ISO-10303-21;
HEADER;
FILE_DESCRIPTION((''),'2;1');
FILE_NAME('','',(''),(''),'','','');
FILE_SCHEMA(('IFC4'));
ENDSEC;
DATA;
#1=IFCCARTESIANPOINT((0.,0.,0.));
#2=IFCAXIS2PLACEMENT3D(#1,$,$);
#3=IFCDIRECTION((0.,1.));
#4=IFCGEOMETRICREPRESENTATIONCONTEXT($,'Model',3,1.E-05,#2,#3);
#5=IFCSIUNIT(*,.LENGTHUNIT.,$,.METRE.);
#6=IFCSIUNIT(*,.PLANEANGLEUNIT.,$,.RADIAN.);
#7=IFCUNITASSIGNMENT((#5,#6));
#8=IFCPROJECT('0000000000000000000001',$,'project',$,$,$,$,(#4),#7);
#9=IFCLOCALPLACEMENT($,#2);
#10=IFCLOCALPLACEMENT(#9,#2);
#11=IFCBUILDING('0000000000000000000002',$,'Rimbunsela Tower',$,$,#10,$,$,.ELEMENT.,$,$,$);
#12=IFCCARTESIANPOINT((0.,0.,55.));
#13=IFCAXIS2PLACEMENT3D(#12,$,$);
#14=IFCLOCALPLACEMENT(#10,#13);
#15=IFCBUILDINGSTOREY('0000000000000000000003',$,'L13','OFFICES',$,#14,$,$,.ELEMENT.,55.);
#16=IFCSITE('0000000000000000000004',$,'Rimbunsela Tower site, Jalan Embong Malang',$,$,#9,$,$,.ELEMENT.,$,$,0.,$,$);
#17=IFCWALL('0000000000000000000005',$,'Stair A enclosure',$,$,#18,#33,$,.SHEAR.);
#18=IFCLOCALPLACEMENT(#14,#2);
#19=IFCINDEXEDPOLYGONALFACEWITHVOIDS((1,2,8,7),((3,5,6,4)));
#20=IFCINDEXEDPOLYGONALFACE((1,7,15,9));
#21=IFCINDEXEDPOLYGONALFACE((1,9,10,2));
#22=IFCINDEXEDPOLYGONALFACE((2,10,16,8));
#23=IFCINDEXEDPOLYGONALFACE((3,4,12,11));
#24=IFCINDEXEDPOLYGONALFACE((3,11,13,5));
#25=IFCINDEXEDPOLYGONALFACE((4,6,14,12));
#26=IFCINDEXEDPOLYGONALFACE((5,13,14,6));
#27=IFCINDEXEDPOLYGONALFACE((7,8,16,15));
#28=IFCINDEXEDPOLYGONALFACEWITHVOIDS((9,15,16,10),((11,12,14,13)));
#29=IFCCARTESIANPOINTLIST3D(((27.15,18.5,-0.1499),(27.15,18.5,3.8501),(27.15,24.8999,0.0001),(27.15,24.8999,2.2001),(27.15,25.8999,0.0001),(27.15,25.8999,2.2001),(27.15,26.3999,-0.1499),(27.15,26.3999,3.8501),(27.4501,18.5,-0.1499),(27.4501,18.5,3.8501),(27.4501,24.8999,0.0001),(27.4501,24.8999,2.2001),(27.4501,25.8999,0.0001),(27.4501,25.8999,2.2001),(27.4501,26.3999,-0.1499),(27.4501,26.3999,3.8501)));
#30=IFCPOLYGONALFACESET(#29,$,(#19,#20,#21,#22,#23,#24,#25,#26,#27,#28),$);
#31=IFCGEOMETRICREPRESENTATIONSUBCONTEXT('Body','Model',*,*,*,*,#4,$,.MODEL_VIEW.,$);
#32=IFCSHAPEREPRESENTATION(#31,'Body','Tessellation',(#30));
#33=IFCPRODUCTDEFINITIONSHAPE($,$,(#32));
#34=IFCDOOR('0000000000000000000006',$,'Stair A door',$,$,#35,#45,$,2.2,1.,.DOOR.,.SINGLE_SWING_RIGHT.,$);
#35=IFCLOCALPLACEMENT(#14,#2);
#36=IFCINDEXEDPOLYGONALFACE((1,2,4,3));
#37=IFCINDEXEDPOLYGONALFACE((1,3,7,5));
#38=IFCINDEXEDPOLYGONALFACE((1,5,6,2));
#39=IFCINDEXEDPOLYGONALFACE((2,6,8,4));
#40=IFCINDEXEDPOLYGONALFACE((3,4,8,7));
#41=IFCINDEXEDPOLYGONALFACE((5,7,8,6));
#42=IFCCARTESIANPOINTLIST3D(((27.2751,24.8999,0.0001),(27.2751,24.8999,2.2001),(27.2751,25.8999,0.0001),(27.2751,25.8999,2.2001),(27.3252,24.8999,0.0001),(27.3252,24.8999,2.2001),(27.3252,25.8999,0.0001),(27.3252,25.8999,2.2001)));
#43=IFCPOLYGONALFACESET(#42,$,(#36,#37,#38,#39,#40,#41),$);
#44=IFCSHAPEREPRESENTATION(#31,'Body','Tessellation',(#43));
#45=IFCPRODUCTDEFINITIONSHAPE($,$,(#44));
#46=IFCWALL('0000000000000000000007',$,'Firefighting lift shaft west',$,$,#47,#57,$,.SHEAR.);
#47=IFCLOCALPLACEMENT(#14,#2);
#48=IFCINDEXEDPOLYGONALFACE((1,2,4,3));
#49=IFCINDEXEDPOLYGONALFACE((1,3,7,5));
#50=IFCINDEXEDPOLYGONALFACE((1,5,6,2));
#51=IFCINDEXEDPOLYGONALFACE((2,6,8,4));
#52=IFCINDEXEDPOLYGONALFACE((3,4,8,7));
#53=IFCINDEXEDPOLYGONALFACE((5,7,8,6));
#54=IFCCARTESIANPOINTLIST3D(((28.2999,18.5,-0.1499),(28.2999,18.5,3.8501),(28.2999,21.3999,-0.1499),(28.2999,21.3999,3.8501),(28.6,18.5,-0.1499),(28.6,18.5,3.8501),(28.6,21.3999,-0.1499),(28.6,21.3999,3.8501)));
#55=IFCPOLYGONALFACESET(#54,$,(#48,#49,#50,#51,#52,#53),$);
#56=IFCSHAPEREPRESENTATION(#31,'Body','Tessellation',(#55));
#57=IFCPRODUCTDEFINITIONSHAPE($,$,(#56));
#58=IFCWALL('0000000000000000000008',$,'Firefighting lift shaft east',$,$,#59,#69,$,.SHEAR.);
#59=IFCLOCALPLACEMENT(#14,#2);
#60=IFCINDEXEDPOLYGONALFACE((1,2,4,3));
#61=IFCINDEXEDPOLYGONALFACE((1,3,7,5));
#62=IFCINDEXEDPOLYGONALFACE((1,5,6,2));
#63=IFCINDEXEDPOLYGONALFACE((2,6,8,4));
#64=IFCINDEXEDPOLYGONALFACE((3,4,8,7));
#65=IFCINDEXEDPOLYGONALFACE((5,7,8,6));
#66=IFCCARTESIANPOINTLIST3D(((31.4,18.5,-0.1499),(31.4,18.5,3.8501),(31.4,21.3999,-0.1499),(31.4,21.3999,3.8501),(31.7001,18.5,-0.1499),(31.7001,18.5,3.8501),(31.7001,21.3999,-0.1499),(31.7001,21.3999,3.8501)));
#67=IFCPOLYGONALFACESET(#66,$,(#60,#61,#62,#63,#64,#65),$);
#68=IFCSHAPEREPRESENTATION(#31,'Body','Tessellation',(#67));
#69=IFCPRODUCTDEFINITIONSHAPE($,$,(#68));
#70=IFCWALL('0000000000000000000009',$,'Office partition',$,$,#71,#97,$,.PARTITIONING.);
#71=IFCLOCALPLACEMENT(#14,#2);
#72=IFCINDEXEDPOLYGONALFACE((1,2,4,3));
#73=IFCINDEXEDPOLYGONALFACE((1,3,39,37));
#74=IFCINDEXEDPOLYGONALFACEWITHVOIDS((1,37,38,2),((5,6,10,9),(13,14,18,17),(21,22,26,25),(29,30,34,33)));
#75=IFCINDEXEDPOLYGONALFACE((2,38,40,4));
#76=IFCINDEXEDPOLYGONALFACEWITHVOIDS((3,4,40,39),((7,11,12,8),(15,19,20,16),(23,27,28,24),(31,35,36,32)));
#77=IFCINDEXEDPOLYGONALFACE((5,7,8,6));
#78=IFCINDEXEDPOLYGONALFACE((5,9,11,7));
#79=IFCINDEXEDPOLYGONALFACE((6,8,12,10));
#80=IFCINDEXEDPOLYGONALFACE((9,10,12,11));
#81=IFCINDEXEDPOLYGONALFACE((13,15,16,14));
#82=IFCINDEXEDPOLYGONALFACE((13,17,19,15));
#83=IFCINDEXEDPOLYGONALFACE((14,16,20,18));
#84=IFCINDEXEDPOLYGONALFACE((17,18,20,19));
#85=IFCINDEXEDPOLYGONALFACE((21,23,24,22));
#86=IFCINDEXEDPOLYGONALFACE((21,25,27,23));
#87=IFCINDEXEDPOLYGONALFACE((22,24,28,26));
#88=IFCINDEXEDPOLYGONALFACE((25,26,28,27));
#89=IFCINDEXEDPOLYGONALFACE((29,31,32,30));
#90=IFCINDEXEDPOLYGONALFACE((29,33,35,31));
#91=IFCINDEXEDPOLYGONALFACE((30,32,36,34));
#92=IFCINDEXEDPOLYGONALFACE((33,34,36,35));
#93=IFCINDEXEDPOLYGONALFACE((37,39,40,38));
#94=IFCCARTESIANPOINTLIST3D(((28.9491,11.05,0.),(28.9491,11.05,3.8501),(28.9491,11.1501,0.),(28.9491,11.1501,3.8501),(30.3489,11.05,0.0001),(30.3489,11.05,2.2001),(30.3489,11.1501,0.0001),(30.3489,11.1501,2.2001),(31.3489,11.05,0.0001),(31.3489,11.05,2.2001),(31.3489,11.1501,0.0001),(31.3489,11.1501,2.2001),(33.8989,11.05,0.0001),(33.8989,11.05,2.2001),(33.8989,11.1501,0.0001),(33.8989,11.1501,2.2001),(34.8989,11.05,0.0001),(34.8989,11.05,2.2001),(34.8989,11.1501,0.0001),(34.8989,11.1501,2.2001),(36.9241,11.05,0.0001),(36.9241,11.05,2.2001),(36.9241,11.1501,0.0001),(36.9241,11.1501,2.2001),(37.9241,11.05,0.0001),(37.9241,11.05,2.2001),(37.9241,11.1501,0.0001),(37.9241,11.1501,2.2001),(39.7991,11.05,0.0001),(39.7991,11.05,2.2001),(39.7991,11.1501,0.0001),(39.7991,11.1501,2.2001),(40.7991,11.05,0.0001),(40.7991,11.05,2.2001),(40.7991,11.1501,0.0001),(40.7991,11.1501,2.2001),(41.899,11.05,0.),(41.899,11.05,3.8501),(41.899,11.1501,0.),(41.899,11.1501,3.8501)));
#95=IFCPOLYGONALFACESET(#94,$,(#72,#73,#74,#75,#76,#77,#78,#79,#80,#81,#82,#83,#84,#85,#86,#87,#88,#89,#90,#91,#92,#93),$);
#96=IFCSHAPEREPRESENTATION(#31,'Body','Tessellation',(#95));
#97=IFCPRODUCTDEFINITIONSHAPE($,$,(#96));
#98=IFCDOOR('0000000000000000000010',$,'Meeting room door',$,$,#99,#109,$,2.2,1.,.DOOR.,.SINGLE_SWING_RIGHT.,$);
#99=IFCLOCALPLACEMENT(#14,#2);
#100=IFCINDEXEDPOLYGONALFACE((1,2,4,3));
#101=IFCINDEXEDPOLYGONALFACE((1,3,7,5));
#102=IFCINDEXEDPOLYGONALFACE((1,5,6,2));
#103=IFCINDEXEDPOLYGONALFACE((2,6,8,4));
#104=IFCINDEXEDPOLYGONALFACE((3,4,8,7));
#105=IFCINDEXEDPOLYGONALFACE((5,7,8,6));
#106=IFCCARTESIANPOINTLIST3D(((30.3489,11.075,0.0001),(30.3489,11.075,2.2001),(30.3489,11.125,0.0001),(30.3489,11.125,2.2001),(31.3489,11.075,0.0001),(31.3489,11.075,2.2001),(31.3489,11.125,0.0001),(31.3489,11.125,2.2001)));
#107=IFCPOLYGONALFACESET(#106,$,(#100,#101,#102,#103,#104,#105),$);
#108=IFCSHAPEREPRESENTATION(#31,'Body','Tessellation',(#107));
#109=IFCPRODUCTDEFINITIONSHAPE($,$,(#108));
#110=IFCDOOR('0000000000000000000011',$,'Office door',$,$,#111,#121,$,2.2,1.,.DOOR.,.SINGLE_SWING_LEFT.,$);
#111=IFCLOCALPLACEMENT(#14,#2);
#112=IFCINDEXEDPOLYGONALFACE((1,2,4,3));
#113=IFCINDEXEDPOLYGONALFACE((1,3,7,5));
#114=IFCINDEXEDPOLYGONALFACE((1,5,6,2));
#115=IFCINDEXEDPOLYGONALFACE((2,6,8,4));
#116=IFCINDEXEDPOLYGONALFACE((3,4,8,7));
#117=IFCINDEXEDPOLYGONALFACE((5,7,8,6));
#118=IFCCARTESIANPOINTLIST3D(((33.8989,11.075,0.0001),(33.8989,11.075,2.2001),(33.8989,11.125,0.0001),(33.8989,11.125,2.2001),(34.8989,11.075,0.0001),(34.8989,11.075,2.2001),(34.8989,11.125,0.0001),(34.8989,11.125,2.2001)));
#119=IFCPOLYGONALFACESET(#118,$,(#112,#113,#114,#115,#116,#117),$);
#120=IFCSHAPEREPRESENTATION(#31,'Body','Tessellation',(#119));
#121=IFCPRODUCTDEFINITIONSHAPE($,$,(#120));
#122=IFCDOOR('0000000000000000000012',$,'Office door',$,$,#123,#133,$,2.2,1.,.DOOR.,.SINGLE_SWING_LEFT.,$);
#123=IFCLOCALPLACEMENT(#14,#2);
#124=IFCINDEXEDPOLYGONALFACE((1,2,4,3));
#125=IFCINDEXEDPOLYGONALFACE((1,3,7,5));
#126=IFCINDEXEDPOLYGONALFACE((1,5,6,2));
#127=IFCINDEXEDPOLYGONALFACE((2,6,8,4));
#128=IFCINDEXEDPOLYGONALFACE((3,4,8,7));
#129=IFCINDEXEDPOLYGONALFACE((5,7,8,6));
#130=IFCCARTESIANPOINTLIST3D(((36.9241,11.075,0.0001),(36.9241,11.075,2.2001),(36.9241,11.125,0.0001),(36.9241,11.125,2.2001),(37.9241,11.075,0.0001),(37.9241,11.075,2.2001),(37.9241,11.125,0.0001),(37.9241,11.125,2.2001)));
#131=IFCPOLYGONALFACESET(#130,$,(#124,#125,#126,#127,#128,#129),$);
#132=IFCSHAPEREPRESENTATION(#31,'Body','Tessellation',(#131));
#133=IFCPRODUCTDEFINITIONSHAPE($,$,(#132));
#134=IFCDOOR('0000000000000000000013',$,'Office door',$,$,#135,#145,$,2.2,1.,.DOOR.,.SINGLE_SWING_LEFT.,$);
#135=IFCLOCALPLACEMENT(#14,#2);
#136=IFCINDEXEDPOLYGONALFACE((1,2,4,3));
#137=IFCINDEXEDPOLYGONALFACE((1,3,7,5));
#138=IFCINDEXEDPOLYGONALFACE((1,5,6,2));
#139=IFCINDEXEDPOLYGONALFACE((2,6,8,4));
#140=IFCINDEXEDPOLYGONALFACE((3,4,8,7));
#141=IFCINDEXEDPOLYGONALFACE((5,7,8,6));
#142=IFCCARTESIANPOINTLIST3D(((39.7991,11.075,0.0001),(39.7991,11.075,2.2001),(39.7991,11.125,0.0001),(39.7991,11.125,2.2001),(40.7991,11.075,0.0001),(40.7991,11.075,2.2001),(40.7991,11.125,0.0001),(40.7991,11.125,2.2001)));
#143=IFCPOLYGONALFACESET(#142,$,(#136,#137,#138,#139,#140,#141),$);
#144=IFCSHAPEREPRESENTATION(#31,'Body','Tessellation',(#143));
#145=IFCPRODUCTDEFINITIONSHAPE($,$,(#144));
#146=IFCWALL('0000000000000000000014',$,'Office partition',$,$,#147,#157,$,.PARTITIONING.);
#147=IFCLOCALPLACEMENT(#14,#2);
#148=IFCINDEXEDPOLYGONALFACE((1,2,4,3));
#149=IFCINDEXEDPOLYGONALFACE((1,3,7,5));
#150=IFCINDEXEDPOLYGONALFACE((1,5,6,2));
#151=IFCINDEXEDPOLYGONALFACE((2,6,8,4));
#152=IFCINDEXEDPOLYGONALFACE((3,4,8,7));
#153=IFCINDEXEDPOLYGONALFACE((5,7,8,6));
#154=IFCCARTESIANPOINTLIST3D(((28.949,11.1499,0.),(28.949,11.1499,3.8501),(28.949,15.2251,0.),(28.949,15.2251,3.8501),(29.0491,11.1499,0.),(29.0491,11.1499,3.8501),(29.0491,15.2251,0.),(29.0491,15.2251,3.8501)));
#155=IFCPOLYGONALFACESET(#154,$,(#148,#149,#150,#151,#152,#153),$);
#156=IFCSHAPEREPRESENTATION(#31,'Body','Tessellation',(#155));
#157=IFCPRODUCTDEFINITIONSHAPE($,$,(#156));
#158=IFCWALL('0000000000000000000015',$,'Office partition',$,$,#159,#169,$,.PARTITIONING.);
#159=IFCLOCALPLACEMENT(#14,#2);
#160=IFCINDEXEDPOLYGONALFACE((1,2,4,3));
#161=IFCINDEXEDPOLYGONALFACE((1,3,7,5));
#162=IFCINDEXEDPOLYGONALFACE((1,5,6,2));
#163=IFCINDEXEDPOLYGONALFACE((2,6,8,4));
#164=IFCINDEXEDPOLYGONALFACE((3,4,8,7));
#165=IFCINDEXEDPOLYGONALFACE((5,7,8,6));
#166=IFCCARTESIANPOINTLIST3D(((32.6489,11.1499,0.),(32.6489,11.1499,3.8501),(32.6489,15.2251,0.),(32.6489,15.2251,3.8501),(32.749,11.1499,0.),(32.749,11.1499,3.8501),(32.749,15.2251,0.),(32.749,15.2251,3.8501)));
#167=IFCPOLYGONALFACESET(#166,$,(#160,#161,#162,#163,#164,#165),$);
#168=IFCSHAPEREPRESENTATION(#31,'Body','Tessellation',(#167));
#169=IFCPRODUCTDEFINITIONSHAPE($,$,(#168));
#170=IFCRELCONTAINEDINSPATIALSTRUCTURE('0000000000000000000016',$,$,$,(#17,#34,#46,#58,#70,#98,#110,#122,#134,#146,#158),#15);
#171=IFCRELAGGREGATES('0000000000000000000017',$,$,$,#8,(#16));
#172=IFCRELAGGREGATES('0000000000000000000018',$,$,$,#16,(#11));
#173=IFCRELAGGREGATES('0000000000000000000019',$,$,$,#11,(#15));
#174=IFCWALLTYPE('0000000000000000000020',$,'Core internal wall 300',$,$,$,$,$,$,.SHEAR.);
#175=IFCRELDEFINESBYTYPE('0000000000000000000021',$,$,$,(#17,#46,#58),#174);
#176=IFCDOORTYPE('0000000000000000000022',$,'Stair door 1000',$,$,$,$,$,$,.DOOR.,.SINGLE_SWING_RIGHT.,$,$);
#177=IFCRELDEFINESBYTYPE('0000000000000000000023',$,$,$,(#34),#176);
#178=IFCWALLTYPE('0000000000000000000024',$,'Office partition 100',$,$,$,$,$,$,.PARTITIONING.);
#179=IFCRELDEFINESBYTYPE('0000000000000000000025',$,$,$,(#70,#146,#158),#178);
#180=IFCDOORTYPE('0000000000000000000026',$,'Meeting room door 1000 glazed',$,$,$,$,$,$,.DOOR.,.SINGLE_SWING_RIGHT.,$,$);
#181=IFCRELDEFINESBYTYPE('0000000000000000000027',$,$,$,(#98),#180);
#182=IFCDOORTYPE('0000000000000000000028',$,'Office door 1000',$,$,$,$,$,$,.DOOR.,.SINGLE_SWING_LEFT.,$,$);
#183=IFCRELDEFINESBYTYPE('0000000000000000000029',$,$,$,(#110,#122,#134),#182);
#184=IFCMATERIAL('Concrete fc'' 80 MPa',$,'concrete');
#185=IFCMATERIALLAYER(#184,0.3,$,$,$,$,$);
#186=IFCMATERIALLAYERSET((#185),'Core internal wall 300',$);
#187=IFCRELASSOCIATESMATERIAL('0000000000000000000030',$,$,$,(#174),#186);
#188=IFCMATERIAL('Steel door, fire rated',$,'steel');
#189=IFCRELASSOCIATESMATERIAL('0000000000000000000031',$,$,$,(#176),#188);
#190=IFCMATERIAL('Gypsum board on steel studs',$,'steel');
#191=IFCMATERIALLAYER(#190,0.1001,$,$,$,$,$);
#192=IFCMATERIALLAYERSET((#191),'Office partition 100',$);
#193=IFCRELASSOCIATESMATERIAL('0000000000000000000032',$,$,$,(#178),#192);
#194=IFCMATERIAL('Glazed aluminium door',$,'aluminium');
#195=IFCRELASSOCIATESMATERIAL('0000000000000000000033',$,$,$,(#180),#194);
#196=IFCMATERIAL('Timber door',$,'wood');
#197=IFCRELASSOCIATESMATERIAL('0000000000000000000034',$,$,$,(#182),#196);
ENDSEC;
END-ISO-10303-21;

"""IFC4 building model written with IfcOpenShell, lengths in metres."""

from ifc_helpers import new_model, si_unit, direction, frame, frame_2d, origin, place, context, subcontext, project, spatial, rectangle, extrude, material, layer, layer_set, type_object, element, fill, save


model = new_model("IFC4")

# Units and contexts
model_context = context("Model", 3, precision=1e-05, world=origin(), true_north=direction((0.0, 1.0)))
body_context = subcontext(model_context, "Body", "Model", "MODEL_VIEW")
ifc_project = project(units=[si_unit("LENGTHUNIT", "METRE"), si_unit("PLANEANGLEUNIT", "RADIAN")], contexts=[model_context])

# Site, building, storey
site_placement = place(None, origin())
site = spatial("IfcSite", under=ifc_project, at=site_placement, Name="Rimbunsela Tower site, Jalan Embong Malang", CompositionType="ELEMENT", RefElevation=0.0)
building_placement = place(site_placement, origin())
building = spatial("IfcBuilding", under=site, at=building_placement, Name="Rimbunsela Tower", CompositionType="ELEMENT")
storey_placement = place(building_placement, frame((0.0, 0.0, 55.0)))
storey = spatial("IfcBuildingStorey", under=building, at=storey_placement, Name="L13", Description="OFFICES", CompositionType="ELEMENT", Elevation=55.0)

# Wall, opening, door
ifc_material_1 = material(Name="Concrete fc' 80 MPa", Category="concrete")
ifc_layer_1 = layer(ifc_material_1, 0.3)
ifc_layer_set_1 = layer_set([ifc_layer_1], Name="Core internal wall 300")
wall_type_1 = type_object("IfcWallType", Name="Core internal wall 300", PredefinedType="SHEAR", material=ifc_layer_set_1)
wall_1_placement = place(storey_placement, frame((27.3, 18.5, -0.1499), z_axis=(0.0, 0.0, 1.0), x_axis=(0.0, 1.0, 0.0)))
wall_1 = element("IfcWall", 1, at=wall_1_placement, inside=storey, type_object=wall_type_1, Name="Stair A enclosure", PredefinedType="SHEAR", context=body_context, shape_type="SweptSolid", body=[
    extrude(rectangle(XDim=7.8999, YDim=0.3, at=frame_2d((3.95, 0.0))), origin(), (0.0, 0.0, 1.0), 4.0),
])
opening_1_placement = place(wall_1_placement, frame((6.3999, 0.0, 0.1499)))
opening_1 = element("IfcOpeningElement", 2, at=opening_1_placement, cuts=wall_1, PredefinedType="OPENING", context=body_context, shape_type="SweptSolid", body=[
    extrude(rectangle(XDim=1.0, YDim=2.2, at=frame_2d((0.5, 1.1001))), frame((0.0, 0.1599, 0.0), z_axis=(0.0, -1.0, 0.0), x_axis=(1.0, 0.0, 0.0)), (0.0, 0.0, 1.0), 0.3201),
])
ifc_material_2 = material(Name="Steel door, fire rated", Category="steel")
door_type_1 = type_object("IfcDoorType", Name="Stair door 1000", OperationType="SINGLE_SWING_RIGHT", PredefinedType="DOOR", material=ifc_material_2)
door_1_placement = place(opening_1_placement, origin())
door_1 = element("IfcDoor", 3, at=door_1_placement, inside=storey, type_object=door_type_1, Name="Stair A door", OperationType="SINGLE_SWING_RIGHT", OverallHeight=2.2, OverallWidth=1.0, PredefinedType="DOOR", context=body_context, shape_type="SweptSolid", body=[
    extrude(rectangle(XDim=1.0, YDim=2.2, at=frame_2d((0.5, 1.1001))), frame((0.0, 0.0249, 0.0), z_axis=(0.0, -1.0, 0.0), x_axis=(1.0, 0.0, 0.0)), (0.0, 0.0, 1.0), 0.05),
])
fill(opening_1, door_1)

# Walls
for number, where, z_axis, x_axis, name in (
    (4, (28.45, 18.5, -0.1499), (0.0, 0.0, 1.0), (0.0, 1.0, 0.0), "Firefighting lift shaft west"),
    (5, (31.55, 18.5, -0.1499), (0.0, 0.0, 1.0), (0.0, 1.0, 0.0), "Firefighting lift shaft east"),
):
    element("IfcWall", number, at=place(storey_placement, frame(where, z_axis=z_axis, x_axis=x_axis)), inside=storey, type_object=wall_type_1, Name=name, PredefinedType="SHEAR", context=body_context, shape_type="SweptSolid", body=[
        extrude(rectangle(XDim=2.8999, YDim=0.3, at=frame_2d((1.45, 0.0))), origin(), (0.0, 0.0, 1.0), 4.0),
    ])

# Wall, openings, doors
ifc_material_3 = material(Name="Gypsum board on steel studs", Category="steel")
ifc_layer_2 = layer(ifc_material_3, 0.1001)
ifc_layer_set_2 = layer_set([ifc_layer_2], Name="Office partition 100")
wall_type_2 = type_object("IfcWallType", Name="Office partition 100", PredefinedType="PARTITIONING", material=ifc_layer_set_2)
wall_2_placement = place(storey_placement, frame((28.949, 11.1001, 0.0), z_axis=(0.0, 0.0, 1.0), x_axis=(1.0, 0.0, 0.0)))
wall_2 = element("IfcWall", 6, at=wall_2_placement, inside=storey, type_object=wall_type_2, Name="Office partition", PredefinedType="PARTITIONING", context=body_context, shape_type="SweptSolid", body=[
    extrude(rectangle(XDim=12.95, YDim=0.1001, at=frame_2d((6.4751, 0.0))), origin(), (0.0, 0.0, 1.0), 3.8501),
])
opening_2_placement = place(wall_2_placement, frame((1.3999, 0.0, 0.0)))
opening_2 = element("IfcOpeningElement", 7, at=opening_2_placement, cuts=wall_2, PredefinedType="OPENING", context=body_context, shape_type="SweptSolid", body=[
    extrude(rectangle(XDim=1.0, YDim=2.2, at=frame_2d((0.5, 1.1001))), frame((0.0, 0.0601, 0.0), z_axis=(0.0, -1.0, 0.0), x_axis=(1.0, 0.0, 0.0)), (0.0, 0.0, 1.0), 0.1201),
])
opening_3_placement = place(wall_2_placement, frame((4.95, 0.0, 0.0)))
opening_3 = element("IfcOpeningElement", 8, at=opening_3_placement, cuts=wall_2, PredefinedType="OPENING", context=body_context, shape_type="SweptSolid", body=[
    extrude(rectangle(XDim=1.0, YDim=2.2, at=frame_2d((0.5, 1.1001))), frame((0.0, 0.0601, 0.0), z_axis=(0.0, -1.0, 0.0), x_axis=(1.0, 0.0, 0.0)), (0.0, 0.0, 1.0), 0.1201),
])
opening_4_placement = place(wall_2_placement, frame((7.9751, 0.0, 0.0)))
opening_4 = element("IfcOpeningElement", 9, at=opening_4_placement, cuts=wall_2, PredefinedType="OPENING", context=body_context, shape_type="SweptSolid", body=[
    extrude(rectangle(XDim=1.0, YDim=2.2, at=frame_2d((0.5, 1.1001))), frame((0.0, 0.0601, 0.0), z_axis=(0.0, -1.0, 0.0), x_axis=(1.0, 0.0, 0.0)), (0.0, 0.0, 1.0), 0.1201),
])
opening_5_placement = place(wall_2_placement, frame((10.8501, 0.0, 0.0)))
opening_5 = element("IfcOpeningElement", 10, at=opening_5_placement, cuts=wall_2, PredefinedType="OPENING", context=body_context, shape_type="SweptSolid", body=[
    extrude(rectangle(XDim=1.0, YDim=2.2, at=frame_2d((0.5, 1.1001))), frame((0.0, 0.0601, 0.0), z_axis=(0.0, -1.0, 0.0), x_axis=(1.0, 0.0, 0.0)), (0.0, 0.0, 1.0), 0.1201),
])
ifc_material_4 = material(Name="Glazed aluminium door", Category="aluminium")
door_type_2 = type_object("IfcDoorType", Name="Meeting room door 1000 glazed", OperationType="SINGLE_SWING_RIGHT", PredefinedType="DOOR", material=ifc_material_4)
door_2_placement = place(opening_2_placement, origin())
door_2 = element("IfcDoor", 11, at=door_2_placement, inside=storey, type_object=door_type_2, Name="Meeting room door", OperationType="SINGLE_SWING_RIGHT", OverallHeight=2.2, OverallWidth=1.0, PredefinedType="DOOR", context=body_context, shape_type="SweptSolid", body=[
    extrude(rectangle(XDim=1.0, YDim=2.2, at=frame_2d((0.5, 1.1001))), frame((0.0, 0.0249, 0.0), z_axis=(0.0, -1.0, 0.0), x_axis=(1.0, 0.0, 0.0)), (0.0, 0.0, 1.0), 0.05),
])
fill(opening_2, door_2)
ifc_material_5 = material(Name="Timber door", Category="wood")
door_type_3 = type_object("IfcDoorType", Name="Office door 1000", OperationType="SINGLE_SWING_LEFT", PredefinedType="DOOR", material=ifc_material_5)
door_3_placement = place(opening_3_placement, origin())
door_3 = element("IfcDoor", 12, at=door_3_placement, inside=storey, type_object=door_type_3, Name="Office door", OperationType="SINGLE_SWING_LEFT", OverallHeight=2.2, OverallWidth=1.0, PredefinedType="DOOR", context=body_context, shape_type="SweptSolid", body=[
    extrude(rectangle(XDim=1.0, YDim=2.2, at=frame_2d((0.5, 1.1001))), frame((0.0, 0.0249, 0.0), z_axis=(0.0, -1.0, 0.0), x_axis=(1.0, 0.0, 0.0)), (0.0, 0.0, 1.0), 0.05),
])
fill(opening_3, door_3)
door_4_placement = place(opening_4_placement, origin())
door_4 = element("IfcDoor", 13, at=door_4_placement, inside=storey, type_object=door_type_3, Name="Office door", OperationType="SINGLE_SWING_LEFT", OverallHeight=2.2, OverallWidth=1.0, PredefinedType="DOOR", context=body_context, shape_type="SweptSolid", body=[
    extrude(rectangle(XDim=1.0, YDim=2.2, at=frame_2d((0.5, 1.1001))), frame((0.0, 0.0249, 0.0), z_axis=(0.0, -1.0, 0.0), x_axis=(1.0, 0.0, 0.0)), (0.0, 0.0, 1.0), 0.05),
])
fill(opening_4, door_4)
door_5_placement = place(opening_5_placement, origin())
door_5 = element("IfcDoor", 14, at=door_5_placement, inside=storey, type_object=door_type_3, Name="Office door", OperationType="SINGLE_SWING_LEFT", OverallHeight=2.2, OverallWidth=1.0, PredefinedType="DOOR", context=body_context, shape_type="SweptSolid", body=[
    extrude(rectangle(XDim=1.0, YDim=2.2, at=frame_2d((0.5, 1.1001))), frame((0.0, 0.0249, 0.0), z_axis=(0.0, -1.0, 0.0), x_axis=(1.0, 0.0, 0.0)), (0.0, 0.0, 1.0), 0.05),
])
fill(opening_5, door_5)

# Walls
for number, where, z_axis, x_axis, name in (
    (15, (28.999, 11.1499, 0.0), (0.0, 0.0, 1.0), (0.0, 1.0, 0.0), "Office partition"),
    (16, (32.699, 11.1499, 0.0), (0.0, 0.0, 1.0), (0.0, 1.0, 0.0), "Office partition"),
):
    element("IfcWall", number, at=place(storey_placement, frame(where, z_axis=z_axis, x_axis=x_axis)), inside=storey, type_object=wall_type_2, Name=name, PredefinedType="PARTITIONING", context=body_context, shape_type="SweptSolid", body=[
        extrude(rectangle(XDim=4.0752, YDim=0.1001, at=frame_2d((2.0376, 0.0))), origin(), (0.0, 0.0, 1.0), 3.8501),
    ])

save(model, "model.ifc")
